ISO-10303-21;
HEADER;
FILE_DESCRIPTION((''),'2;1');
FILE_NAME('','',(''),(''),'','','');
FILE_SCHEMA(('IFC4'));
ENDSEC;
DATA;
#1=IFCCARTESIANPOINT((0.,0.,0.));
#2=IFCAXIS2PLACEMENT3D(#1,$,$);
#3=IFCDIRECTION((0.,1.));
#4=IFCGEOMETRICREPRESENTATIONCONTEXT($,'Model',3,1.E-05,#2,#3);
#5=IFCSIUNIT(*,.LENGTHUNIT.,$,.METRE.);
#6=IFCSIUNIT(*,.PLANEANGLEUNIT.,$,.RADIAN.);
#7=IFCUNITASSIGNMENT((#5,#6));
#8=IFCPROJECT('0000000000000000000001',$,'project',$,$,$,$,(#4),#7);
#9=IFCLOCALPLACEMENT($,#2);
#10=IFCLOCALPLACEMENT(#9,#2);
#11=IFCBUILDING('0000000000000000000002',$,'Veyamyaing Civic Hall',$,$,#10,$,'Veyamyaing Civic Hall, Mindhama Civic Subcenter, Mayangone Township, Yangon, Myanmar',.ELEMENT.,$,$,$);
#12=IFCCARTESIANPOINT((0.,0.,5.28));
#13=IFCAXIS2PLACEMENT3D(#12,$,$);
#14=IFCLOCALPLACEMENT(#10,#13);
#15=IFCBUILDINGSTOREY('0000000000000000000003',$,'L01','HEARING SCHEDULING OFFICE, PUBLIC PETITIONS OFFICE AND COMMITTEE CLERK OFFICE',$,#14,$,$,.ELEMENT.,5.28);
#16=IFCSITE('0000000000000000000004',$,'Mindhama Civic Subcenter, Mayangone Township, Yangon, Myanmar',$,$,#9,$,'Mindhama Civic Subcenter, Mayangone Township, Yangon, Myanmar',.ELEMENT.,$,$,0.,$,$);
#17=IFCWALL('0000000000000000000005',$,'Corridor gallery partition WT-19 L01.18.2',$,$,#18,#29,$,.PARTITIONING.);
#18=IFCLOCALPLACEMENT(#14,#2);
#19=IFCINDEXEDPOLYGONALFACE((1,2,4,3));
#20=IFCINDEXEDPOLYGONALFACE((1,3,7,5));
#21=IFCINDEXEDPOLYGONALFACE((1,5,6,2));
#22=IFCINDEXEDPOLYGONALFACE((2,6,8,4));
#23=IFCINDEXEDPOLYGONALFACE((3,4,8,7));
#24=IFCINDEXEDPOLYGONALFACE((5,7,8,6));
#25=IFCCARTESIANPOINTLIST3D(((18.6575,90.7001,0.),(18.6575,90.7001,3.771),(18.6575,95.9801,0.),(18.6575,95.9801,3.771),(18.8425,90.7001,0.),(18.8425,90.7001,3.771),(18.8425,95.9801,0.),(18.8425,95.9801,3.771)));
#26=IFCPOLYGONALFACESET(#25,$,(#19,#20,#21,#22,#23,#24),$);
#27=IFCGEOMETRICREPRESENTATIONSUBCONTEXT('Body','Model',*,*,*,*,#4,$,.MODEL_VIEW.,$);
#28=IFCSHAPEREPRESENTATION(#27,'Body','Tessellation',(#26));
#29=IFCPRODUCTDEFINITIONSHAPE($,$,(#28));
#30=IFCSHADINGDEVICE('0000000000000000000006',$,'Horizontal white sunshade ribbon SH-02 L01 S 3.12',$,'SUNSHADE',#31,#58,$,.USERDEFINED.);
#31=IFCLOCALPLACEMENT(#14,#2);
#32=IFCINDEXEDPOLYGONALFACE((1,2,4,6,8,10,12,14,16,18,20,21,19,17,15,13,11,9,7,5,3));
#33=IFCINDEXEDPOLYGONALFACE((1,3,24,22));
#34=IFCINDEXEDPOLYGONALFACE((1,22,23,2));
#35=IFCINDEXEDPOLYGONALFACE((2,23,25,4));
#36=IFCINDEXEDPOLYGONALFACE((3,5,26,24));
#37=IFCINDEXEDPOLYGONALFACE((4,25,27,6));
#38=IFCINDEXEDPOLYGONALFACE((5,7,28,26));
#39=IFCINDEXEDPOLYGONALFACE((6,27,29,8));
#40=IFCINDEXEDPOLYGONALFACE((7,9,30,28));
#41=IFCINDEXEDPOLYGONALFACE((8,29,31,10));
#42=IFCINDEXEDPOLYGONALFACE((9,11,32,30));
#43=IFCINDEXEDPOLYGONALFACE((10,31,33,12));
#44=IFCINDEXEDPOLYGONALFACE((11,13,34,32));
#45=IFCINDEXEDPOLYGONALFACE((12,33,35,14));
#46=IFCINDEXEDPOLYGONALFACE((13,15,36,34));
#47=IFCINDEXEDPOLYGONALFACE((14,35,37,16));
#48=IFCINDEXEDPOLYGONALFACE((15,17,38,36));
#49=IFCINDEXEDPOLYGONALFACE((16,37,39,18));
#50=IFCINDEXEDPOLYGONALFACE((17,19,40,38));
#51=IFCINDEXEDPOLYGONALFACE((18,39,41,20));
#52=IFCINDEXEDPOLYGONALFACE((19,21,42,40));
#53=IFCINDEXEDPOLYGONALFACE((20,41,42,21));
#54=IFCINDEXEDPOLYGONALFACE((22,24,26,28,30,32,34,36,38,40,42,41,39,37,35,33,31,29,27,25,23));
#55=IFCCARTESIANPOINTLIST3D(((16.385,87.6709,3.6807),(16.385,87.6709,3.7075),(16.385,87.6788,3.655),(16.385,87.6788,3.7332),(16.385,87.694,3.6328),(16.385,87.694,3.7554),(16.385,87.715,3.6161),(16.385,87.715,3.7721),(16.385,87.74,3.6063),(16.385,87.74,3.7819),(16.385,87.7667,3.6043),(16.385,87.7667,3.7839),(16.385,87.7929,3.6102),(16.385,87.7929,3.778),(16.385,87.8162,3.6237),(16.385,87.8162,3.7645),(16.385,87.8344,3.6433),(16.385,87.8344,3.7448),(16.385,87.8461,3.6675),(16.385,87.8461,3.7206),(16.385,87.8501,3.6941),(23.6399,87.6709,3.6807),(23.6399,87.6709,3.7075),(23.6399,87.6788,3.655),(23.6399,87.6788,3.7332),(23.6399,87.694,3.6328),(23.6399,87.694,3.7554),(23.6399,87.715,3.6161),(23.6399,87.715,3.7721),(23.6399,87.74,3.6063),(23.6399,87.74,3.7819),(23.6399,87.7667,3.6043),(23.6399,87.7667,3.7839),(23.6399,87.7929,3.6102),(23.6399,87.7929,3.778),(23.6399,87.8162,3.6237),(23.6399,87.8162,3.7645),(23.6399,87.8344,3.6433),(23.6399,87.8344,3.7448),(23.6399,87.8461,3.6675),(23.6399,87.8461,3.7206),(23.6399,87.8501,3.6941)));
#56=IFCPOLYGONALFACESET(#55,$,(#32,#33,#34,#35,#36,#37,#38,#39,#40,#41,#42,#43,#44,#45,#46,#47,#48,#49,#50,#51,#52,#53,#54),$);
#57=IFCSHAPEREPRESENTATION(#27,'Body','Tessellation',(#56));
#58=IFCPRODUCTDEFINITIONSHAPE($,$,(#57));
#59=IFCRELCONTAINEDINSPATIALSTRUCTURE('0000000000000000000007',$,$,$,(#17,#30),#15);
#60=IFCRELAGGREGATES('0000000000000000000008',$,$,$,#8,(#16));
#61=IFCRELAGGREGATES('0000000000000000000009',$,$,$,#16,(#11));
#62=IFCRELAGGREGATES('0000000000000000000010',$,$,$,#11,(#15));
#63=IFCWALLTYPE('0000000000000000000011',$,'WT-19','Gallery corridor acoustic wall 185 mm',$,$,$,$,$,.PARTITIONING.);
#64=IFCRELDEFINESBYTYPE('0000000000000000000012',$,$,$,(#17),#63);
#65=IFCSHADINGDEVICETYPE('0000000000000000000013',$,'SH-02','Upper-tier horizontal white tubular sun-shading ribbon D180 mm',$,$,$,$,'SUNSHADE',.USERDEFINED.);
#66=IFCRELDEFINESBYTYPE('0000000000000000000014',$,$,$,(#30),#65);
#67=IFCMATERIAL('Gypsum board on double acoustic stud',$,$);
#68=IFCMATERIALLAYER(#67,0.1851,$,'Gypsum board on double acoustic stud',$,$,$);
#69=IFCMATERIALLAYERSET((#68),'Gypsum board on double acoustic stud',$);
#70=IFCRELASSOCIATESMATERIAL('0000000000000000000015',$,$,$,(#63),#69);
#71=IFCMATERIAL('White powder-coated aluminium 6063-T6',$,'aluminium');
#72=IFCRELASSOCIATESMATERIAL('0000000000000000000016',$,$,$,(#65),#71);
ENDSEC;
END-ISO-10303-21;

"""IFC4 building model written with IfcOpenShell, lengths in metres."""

from ifc_helpers import new_model, si_unit, direction, frame, frame_2d, origin, origin_2d, place, context, subcontext, project, spatial, rectangle, circle, extrude, material, layer, layer_set, material_profile, profile_set, type_object, element, save


model = new_model("IFC4")

# Units and contexts
model_context = context("Model", 3, precision=1e-05, world=origin(), true_north=direction((0.0, 1.0)))
body_context = subcontext(model_context, "Body", "Model", "MODEL_VIEW")
ifc_project = project(units=[si_unit("LENGTHUNIT", "METRE"), si_unit("PLANEANGLEUNIT", "RADIAN")], contexts=[model_context])

# Site, building, storey
site_placement = place(None, origin())
site = spatial("IfcSite", under=ifc_project, at=site_placement, Name="Mindhama Civic Subcenter, Mayangone Township, Yangon, Myanmar", LongName="Mindhama Civic Subcenter, Mayangone Township, Yangon, Myanmar", CompositionType="ELEMENT", RefElevation=0.0)
building_placement = place(site_placement, origin())
building = spatial("IfcBuilding", under=site, at=building_placement, Name="Veyamyaing Civic Hall", LongName="Veyamyaing Civic Hall, Mindhama Civic Subcenter, Mayangone Township, Yangon, Myanmar", CompositionType="ELEMENT")
storey_placement = place(building_placement, frame((0.0, 0.0, 5.28)))
storey = spatial("IfcBuildingStorey", under=building, at=storey_placement, Name="L01", Description="HEARING SCHEDULING OFFICE, PUBLIC PETITIONS OFFICE AND COMMITTEE CLERK OFFICE", CompositionType="ELEMENT", Elevation=5.28)

# Shared definitions
ifc_material_1 = material(Name="Gypsum board on double acoustic stud")
ifc_layer_1 = layer(ifc_material_1, 0.1851, Name="Gypsum board on double acoustic stud")
ifc_layer_set_1 = layer_set([ifc_layer_1], Name="Gypsum board on double acoustic stud")
wall_type_1 = type_object("IfcWallType", Name="WT-19", Description="Gallery corridor acoustic wall 185 mm", PredefinedType="PARTITIONING", material=ifc_layer_set_1)

# Wall
wall_1_placement = place(storey_placement, frame((18.75, 90.7, 0.0), z_axis=(0.0, 0.0, 1.0), x_axis=(0.0, 1.0, 0.0)))
element("IfcWall", 1, at=wall_1_placement, inside=storey, type_object=wall_type_1, Name="Corridor gallery partition WT-19 L01.18.2", PredefinedType="PARTITIONING", context=body_context, shape_type="SweptSolid", body=[
    extrude(rectangle(XDim=5.28, YDim=0.1851, at=frame_2d((2.6401, 0.0))), origin(), (0.0, 0.0, 1.0), 3.771),
])

# Shading device
ifc_material_2 = material(Name="White powder-coated aluminium 6063-T6", Category="aluminium")
ifc_material_profile_1 = material_profile(ifc_material_2, circle(Radius=0.0901, at=origin_2d()), Name="SHADE-TUBE-180")
ifc_profile_set_1 = profile_set([ifc_material_profile_1], Name="White powder-coated aluminium 6063-T6")
shading_device_type = type_object("IfcShadingDeviceType", Name="SH-02", Description="Upper-tier horizontal white tubular sun-shading ribbon D180 mm", ElementType="SUNSHADE", PredefinedType="USERDEFINED", material=ifc_profile_set_1)
shading_device_placement = place(storey_placement, frame((16.385, 87.76, 3.6941), z_axis=(1.0, 0.0, 0.0), x_axis=(0.0, 1.0, 0.0)))
element("IfcShadingDevice", 2, at=shading_device_placement, inside=storey, type_object=shading_device_type, Name="Horizontal white sunshade ribbon SH-02 L01 S 3.12", ObjectType="SUNSHADE", PredefinedType="USERDEFINED", context=body_context, shape_type="SweptSolid", body=[
    extrude(circle(Radius=0.0901, at=origin_2d()), origin(), (0.0, 0.0, 1.0), 7.2549),
])

save(model, "model.ifc")
